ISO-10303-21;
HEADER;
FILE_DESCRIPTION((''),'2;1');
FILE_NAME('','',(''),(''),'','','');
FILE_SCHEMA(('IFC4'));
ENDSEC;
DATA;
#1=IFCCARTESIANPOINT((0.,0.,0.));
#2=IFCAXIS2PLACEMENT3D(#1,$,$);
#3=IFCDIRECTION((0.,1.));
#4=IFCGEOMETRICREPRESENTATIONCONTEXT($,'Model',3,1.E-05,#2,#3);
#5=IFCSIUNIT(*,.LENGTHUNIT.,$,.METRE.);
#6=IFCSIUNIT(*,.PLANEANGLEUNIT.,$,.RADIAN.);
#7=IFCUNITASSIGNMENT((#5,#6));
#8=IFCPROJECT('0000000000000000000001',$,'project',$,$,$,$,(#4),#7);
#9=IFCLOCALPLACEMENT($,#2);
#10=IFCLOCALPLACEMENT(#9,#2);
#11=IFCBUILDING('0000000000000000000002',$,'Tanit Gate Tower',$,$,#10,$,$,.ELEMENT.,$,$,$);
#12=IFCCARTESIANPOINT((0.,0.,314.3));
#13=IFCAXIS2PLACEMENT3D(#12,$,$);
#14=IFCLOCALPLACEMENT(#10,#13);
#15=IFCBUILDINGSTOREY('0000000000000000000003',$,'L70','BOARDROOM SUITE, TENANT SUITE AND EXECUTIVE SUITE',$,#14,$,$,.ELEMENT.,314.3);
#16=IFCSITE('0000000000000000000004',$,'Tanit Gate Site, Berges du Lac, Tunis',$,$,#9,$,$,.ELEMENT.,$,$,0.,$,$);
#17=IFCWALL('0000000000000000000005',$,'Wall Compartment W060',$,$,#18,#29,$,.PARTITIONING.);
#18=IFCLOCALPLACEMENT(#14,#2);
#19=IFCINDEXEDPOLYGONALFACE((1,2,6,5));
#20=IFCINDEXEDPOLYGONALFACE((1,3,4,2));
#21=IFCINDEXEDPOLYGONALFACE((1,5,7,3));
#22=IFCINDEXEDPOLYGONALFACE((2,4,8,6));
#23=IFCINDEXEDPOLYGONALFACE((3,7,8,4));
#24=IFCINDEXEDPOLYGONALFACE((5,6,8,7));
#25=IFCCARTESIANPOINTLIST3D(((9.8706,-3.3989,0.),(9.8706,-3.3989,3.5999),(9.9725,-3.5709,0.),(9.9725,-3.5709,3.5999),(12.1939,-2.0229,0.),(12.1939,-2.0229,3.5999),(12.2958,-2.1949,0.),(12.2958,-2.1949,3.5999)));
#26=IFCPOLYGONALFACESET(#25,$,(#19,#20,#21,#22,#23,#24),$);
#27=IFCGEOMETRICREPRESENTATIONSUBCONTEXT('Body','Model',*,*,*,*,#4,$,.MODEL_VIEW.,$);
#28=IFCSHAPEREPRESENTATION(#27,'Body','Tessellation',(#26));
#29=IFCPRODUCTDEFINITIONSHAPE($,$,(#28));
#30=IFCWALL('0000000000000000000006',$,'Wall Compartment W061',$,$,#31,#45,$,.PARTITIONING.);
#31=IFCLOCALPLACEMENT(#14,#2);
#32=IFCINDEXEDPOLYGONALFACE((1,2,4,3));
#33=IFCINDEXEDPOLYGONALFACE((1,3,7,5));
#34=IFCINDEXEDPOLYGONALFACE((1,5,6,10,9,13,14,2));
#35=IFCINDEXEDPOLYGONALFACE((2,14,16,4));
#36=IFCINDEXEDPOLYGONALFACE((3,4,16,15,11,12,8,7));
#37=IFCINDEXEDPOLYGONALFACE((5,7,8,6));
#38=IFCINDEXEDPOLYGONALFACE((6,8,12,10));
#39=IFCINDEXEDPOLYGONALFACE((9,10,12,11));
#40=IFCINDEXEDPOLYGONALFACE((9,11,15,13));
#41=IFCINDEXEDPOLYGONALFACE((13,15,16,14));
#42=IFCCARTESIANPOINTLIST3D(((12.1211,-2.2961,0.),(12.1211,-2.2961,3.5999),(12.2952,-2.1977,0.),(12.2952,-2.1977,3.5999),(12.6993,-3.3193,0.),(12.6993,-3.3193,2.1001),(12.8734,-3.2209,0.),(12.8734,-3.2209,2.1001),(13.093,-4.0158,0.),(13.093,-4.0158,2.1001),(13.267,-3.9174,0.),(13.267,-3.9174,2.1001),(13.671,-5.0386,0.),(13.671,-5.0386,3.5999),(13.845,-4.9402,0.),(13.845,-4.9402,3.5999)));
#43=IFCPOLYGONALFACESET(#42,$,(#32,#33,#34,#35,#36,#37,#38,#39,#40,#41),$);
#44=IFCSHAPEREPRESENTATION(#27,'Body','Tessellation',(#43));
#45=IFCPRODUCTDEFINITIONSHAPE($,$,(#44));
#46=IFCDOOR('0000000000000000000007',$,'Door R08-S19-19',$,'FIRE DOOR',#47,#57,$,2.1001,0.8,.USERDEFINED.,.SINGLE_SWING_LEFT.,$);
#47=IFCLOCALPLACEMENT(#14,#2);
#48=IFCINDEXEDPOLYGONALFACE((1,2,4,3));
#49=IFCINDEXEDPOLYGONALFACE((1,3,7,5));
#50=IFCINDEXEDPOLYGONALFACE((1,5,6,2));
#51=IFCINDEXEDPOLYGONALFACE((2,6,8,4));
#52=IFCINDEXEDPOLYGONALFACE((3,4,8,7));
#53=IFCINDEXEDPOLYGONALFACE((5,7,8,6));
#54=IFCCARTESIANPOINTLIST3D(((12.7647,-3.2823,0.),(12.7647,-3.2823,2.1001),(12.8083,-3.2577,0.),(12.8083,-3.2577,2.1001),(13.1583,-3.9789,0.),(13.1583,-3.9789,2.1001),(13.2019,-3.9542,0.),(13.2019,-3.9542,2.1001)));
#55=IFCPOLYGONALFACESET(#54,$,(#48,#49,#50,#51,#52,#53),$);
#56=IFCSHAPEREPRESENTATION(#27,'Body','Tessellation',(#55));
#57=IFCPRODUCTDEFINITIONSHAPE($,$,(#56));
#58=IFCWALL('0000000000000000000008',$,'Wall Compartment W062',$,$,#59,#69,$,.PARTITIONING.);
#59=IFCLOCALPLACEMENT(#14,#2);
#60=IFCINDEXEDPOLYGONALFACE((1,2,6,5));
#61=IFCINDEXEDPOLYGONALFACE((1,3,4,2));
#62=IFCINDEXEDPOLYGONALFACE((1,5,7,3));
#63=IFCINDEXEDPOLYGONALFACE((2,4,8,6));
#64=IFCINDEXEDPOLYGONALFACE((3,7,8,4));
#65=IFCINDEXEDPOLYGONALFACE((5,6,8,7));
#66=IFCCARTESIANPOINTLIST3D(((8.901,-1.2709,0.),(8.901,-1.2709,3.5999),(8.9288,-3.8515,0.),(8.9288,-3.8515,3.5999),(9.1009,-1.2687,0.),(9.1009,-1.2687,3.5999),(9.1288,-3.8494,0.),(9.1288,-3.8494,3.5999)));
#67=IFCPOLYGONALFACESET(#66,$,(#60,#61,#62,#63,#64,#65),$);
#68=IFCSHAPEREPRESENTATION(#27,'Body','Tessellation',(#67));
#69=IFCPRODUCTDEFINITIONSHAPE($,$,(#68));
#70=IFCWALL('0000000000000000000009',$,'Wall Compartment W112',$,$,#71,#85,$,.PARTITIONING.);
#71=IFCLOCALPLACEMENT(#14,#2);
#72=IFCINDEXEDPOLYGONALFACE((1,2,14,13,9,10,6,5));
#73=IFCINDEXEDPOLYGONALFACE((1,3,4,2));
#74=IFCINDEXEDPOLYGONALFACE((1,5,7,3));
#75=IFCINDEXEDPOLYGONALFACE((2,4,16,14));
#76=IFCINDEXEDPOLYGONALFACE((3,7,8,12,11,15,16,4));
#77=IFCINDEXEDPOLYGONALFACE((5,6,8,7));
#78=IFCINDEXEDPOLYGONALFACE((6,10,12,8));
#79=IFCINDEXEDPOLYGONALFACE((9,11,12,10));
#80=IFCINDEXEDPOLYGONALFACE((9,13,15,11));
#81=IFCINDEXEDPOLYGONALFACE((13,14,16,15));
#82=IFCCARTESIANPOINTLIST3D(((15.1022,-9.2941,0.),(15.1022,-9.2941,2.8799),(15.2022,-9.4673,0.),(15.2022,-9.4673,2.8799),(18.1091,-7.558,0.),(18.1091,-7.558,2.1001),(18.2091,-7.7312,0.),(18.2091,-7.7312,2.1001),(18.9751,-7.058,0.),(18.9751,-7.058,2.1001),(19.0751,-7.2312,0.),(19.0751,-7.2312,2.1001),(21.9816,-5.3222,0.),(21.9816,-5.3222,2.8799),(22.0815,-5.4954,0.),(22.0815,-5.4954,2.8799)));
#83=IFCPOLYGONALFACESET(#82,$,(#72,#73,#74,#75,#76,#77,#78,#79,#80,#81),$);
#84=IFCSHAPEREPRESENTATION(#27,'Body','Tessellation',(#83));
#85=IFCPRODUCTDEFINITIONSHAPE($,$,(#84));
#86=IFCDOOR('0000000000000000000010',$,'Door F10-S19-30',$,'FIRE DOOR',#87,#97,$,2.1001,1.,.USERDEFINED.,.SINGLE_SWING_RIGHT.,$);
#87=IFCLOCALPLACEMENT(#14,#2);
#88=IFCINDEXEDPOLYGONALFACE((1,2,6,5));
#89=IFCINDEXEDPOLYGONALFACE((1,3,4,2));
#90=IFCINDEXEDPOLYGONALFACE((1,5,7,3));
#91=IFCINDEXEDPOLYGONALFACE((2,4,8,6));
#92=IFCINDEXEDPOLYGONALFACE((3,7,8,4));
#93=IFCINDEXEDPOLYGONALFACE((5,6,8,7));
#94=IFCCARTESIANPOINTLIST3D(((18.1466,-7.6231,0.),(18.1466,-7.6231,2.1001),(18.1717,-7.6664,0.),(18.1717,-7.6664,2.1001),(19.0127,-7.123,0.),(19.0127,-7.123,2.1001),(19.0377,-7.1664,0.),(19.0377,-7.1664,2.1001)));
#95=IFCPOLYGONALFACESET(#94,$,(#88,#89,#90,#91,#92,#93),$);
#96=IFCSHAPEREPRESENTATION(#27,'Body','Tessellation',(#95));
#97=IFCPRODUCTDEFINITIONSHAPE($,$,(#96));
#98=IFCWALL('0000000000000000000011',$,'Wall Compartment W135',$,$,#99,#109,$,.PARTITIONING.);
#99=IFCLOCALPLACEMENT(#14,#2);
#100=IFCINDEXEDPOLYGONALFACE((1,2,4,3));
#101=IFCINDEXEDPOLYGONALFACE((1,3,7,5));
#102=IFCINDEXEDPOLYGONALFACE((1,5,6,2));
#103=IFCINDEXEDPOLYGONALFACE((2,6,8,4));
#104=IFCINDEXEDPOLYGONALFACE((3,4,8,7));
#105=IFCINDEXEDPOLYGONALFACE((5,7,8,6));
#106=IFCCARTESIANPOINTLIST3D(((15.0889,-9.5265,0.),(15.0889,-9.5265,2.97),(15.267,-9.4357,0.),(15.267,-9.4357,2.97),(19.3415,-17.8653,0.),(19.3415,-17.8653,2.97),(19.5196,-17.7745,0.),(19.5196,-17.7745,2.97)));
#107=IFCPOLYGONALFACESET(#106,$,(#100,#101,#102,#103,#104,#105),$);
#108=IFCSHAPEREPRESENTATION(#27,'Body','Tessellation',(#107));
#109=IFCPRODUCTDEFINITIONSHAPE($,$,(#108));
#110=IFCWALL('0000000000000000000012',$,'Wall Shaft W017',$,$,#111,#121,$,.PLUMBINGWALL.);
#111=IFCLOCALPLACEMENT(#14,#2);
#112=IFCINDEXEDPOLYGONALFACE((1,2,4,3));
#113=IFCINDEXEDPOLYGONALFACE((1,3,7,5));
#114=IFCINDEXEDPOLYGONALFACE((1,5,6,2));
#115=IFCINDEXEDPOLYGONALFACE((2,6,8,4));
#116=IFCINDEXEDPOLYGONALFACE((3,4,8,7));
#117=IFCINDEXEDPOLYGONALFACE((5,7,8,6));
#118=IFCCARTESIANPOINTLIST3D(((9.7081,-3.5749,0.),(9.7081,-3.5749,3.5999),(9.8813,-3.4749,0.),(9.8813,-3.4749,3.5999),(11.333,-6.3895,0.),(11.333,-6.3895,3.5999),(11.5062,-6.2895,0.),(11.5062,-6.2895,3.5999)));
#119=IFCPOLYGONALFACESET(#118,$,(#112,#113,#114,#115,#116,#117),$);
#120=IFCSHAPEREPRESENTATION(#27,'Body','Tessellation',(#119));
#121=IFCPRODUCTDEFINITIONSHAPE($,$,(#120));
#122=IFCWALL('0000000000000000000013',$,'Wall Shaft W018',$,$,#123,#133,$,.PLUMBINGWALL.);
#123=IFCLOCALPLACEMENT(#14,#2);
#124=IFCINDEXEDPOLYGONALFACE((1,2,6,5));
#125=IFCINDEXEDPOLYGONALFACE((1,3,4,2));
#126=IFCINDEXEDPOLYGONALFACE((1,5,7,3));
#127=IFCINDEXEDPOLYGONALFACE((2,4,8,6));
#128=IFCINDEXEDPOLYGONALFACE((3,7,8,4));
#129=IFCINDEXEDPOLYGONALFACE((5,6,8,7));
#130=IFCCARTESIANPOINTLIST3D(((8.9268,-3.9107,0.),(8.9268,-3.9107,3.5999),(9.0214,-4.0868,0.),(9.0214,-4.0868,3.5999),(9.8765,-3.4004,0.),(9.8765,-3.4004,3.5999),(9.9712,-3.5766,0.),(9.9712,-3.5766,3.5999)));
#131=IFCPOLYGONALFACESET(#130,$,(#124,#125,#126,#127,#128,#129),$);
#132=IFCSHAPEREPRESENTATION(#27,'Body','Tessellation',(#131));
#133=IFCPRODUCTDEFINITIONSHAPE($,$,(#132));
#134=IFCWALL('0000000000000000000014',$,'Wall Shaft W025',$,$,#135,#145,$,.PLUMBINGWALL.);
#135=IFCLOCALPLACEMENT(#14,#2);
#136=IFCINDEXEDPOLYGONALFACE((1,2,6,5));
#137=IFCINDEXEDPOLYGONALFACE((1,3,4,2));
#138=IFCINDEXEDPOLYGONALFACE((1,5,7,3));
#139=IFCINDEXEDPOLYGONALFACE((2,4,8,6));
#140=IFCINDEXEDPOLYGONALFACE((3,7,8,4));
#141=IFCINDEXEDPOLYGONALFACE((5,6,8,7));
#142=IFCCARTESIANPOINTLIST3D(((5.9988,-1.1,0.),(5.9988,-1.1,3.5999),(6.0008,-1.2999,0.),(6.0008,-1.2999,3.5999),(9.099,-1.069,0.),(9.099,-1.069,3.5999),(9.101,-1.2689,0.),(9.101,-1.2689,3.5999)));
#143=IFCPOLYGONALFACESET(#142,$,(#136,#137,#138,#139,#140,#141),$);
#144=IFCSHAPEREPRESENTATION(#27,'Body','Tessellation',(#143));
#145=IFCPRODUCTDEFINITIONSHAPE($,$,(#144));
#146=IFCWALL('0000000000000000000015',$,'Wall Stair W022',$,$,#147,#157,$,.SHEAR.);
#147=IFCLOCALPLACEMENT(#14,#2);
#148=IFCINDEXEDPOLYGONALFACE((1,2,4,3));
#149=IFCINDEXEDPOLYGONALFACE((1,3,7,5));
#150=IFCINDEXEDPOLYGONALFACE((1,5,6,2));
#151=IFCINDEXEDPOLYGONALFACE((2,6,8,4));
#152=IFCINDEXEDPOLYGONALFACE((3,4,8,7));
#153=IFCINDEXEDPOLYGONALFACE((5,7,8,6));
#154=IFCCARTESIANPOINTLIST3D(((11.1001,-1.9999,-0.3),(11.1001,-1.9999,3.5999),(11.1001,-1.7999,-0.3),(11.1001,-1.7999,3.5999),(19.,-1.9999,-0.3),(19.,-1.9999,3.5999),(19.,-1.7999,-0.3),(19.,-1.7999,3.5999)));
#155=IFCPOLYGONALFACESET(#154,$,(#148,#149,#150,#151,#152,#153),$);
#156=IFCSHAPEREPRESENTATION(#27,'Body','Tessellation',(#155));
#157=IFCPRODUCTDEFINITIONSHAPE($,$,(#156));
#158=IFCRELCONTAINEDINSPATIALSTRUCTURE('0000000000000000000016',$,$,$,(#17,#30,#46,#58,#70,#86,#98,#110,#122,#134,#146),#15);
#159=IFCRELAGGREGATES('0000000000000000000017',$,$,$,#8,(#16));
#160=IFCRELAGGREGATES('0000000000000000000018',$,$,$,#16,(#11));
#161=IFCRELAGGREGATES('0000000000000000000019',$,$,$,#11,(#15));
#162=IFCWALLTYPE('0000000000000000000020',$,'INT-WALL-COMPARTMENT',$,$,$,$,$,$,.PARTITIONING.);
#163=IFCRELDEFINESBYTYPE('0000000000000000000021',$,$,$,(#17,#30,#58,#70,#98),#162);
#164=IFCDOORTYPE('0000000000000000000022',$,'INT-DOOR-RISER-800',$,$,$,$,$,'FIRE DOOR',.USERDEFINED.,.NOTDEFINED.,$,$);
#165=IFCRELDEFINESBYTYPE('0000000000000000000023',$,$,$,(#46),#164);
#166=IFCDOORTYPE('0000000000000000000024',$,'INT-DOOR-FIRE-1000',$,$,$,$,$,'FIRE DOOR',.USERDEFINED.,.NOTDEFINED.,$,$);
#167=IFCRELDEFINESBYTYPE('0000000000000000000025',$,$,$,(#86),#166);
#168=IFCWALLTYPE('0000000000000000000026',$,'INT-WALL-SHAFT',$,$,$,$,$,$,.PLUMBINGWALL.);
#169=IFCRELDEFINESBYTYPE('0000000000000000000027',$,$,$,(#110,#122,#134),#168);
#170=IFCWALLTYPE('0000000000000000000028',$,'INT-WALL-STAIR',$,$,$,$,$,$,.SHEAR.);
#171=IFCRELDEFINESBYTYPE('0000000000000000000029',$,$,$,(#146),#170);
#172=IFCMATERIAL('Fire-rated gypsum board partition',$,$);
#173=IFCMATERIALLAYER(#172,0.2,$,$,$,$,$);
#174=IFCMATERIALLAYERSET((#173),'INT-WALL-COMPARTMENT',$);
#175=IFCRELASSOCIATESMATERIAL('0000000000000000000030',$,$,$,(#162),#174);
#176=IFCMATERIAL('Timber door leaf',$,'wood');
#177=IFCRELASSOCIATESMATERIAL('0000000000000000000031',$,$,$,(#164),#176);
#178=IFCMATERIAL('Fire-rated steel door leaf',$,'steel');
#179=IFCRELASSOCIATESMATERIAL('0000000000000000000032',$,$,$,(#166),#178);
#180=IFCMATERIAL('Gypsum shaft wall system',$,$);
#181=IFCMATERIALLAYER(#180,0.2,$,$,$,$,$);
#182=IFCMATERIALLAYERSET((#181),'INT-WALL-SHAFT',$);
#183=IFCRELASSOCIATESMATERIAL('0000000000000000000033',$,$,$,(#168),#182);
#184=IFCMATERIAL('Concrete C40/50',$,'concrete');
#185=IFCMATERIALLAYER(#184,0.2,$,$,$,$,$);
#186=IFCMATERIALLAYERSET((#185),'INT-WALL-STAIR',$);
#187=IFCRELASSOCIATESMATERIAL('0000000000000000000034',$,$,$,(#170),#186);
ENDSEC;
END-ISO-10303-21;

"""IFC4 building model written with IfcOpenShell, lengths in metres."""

from ifc_helpers import new_model, si_unit, direction, frame, frame_2d, origin, place, context, subcontext, project, spatial, rectangle, extrude, material, layer, layer_set, type_object, element, fill, save


model = new_model("IFC4")

# Units and contexts
model_context = context("Model", 3, precision=1e-05, world=origin(), true_north=direction((0.0, 1.0)))
body_context = subcontext(model_context, "Body", "Model", "MODEL_VIEW")
ifc_project = project(units=[si_unit("LENGTHUNIT", "METRE"), si_unit("PLANEANGLEUNIT", "RADIAN")], contexts=[model_context])

# Site, building, storey
site_placement = place(None, origin())
site = spatial("IfcSite", under=ifc_project, at=site_placement, Name="Tanit Gate Site, Berges du Lac, Tunis", CompositionType="ELEMENT", RefElevation=0.0)
building_placement = place(site_placement, origin())
building = spatial("IfcBuilding", under=site, at=building_placement, Name="Tanit Gate Tower", CompositionType="ELEMENT")
storey_placement = place(building_placement, frame((0.0, 0.0, 314.3)))
storey = spatial("IfcBuildingStorey", under=building, at=storey_placement, Name="L70", Description="BOARDROOM SUITE, TENANT SUITE AND EXECUTIVE SUITE", CompositionType="ELEMENT", Elevation=314.3)

# Wall
ifc_material_1 = material(Name="Fire-rated gypsum board partition")
ifc_layer_1 = layer(ifc_material_1, 0.2)
ifc_layer_set_1 = layer_set([ifc_layer_1], Name="INT-WALL-COMPARTMENT")
wall_type_1 = type_object("IfcWallType", Name="INT-WALL-COMPARTMENT", PredefinedType="PARTITIONING", material=ifc_layer_set_1)
wall_1_placement = place(storey_placement, frame((12.2449, -2.1089, 0.0), z_axis=(0.0, 0.0, 1.0), x_axis=(-0.860415, -0.509594, 0.0)))
element("IfcWall", 1, at=wall_1_placement, inside=storey, type_object=wall_type_1, Name="Wall Compartment W060", PredefinedType="PARTITIONING", context=body_context, shape_type="SweptSolid", body=[
    extrude(rectangle(XDim=2.7002, YDim=0.2, at=frame_2d((1.3501, 0.0))), origin(), (0.0, 0.0, 1.0), 3.5999),
])

# Wall, opening, door
wall_2_placement = place(storey_placement, frame((13.7581, -4.9895, 0.0), z_axis=(0.0, 0.0, 1.0), x_axis=(-0.491993, 0.870599, 0.0)))
wall_2 = element("IfcWall", 2, at=wall_2_placement, inside=storey, type_object=wall_type_1, Name="Wall Compartment W061", PredefinedType="PARTITIONING", context=body_context, shape_type="SweptSolid", body=[
    extrude(rectangle(XDim=3.1501, YDim=0.2, at=frame_2d((1.5752, 0.0))), origin(), (0.0, 0.0, 1.0), 3.5999),
])
opening_1_placement = place(wall_2_placement, frame((1.175, 0.0, 0.0)))
opening_1 = element("IfcOpeningElement", 3, at=opening_1_placement, cuts=wall_2, PredefinedType="OPENING", context=body_context, shape_type="SweptSolid", body=[
    extrude(rectangle(XDim=0.8, YDim=2.1001, at=frame_2d((0.3999, 1.05))), frame((0.0, 0.1099, 0.0), z_axis=(0.0, -1.0, 0.0), x_axis=(1.0, 0.0, 0.0)), (0.0, 0.0, 1.0), 0.22),
])
ifc_material_2 = material(Name="Timber door leaf", Category="wood")
door_type_1 = type_object("IfcDoorType", Name="INT-DOOR-RISER-800", ElementType="FIRE DOOR", OperationType="NOTDEFINED", PredefinedType="USERDEFINED", material=ifc_material_2)
door_1_placement = place(opening_1_placement, origin())
door_1 = element("IfcDoor", 4, at=door_1_placement, inside=storey, type_object=door_type_1, Name="Door R08-S19-19", ObjectType="FIRE DOOR", OperationType="SINGLE_SWING_LEFT", OverallHeight=2.1001, OverallWidth=0.8, PredefinedType="USERDEFINED", context=body_context, shape_type="SweptSolid", body=[
    extrude(rectangle(XDim=0.8, YDim=2.1001, at=frame_2d((0.3999, 1.05))), frame((0.0, 0.0249, 0.0), z_axis=(0.0, -1.0, 0.0), x_axis=(1.0, 0.0, 0.0)), (0.0, 0.0, 1.0), 0.05),
])
fill(opening_1, door_1)

# Wall
wall_3_placement = place(storey_placement, frame((9.0288, -3.8506, 0.0), z_axis=(0.0, 0.0, 1.0), x_axis=(-0.010785, 0.999942, 0.0)))
element("IfcWall", 5, at=wall_3_placement, inside=storey, type_object=wall_type_1, Name="Wall Compartment W062", PredefinedType="PARTITIONING", context=body_context, shape_type="SweptSolid", body=[
    extrude(rectangle(XDim=2.5808, YDim=0.2, at=frame_2d((1.2905, 0.0))), origin(), (0.0, 0.0, 1.0), 3.5999),
])

# Wall, opening, door
wall_4_placement = place(storey_placement, frame((15.1523, -9.3806, 0.0), z_axis=(0.0, 0.0, 1.0), x_axis=(0.86602, 0.50001, 0.0)))
wall_4 = element("IfcWall", 6, at=wall_4_placement, inside=storey, type_object=wall_type_1, Name="Wall Compartment W112", PredefinedType="PARTITIONING", context=body_context, shape_type="SweptSolid", body=[
    extrude(rectangle(XDim=7.9436, YDim=0.2, at=frame_2d((3.9717, 0.0))), origin(), (0.0, 0.0, 1.0), 2.8799),
])
opening_2_placement = place(wall_4_placement, frame((3.4719, 0.0, 0.0)))
opening_2 = element("IfcOpeningElement", 7, at=opening_2_placement, cuts=wall_4, PredefinedType="OPENING", context=body_context, shape_type="SweptSolid", body=[
    extrude(rectangle(XDim=1.0, YDim=2.1001, at=frame_2d((0.5, 1.05))), frame((0.0, 0.1099, 0.0), z_axis=(0.0, -1.0, 0.0), x_axis=(1.0, 0.0, 0.0)), (0.0, 0.0, 1.0), 0.22),
])
ifc_material_3 = material(Name="Fire-rated steel door leaf", Category="steel")
door_type_2 = type_object("IfcDoorType", Name="INT-DOOR-FIRE-1000", ElementType="FIRE DOOR", OperationType="NOTDEFINED", PredefinedType="USERDEFINED", material=ifc_material_3)
door_2_placement = place(opening_2_placement, origin())
door_2 = element("IfcDoor", 8, at=door_2_placement, inside=storey, type_object=door_type_2, Name="Door F10-S19-30", ObjectType="FIRE DOOR", OperationType="SINGLE_SWING_RIGHT", OverallHeight=2.1001, OverallWidth=1.0, PredefinedType="USERDEFINED", context=body_context, shape_type="SweptSolid", body=[
    extrude(rectangle(XDim=1.0, YDim=2.1001, at=frame_2d((0.5, 1.05))), frame((0.0, 0.0249, 0.0), z_axis=(0.0, -1.0, 0.0), x_axis=(1.0, 0.0, 0.0)), (0.0, 0.0, 1.0), 0.05),
])
fill(opening_2, door_2)

# Walls
wall_5_placement = place(storey_placement, frame((15.178, -9.4812, 0.0), z_axis=(0.0, 0.0, 1.0), x_axis=(0.454314, -0.890841, 0.0)))
element("IfcWall", 9, at=wall_5_placement, inside=storey, type_object=wall_type_1, Name="Wall Compartment W135", PredefinedType="PARTITIONING", context=body_context, shape_type="SweptSolid", body=[
    extrude(rectangle(XDim=9.3606, YDim=0.2, at=frame_2d((4.6802, 0.0))), origin(), (0.0, 0.0, 1.0), 2.97),
])
ifc_material_4 = material(Name="Gypsum shaft wall system")
ifc_layer_2 = layer(ifc_material_4, 0.2)
ifc_layer_set_2 = layer_set([ifc_layer_2], Name="INT-WALL-SHAFT")
wall_type_2 = type_object("IfcWallType", Name="INT-WALL-SHAFT", PredefinedType="PLUMBINGWALL", material=ifc_layer_set_2)
wall_6_placement = place(storey_placement, frame((9.7947, -3.5249, 0.0), z_axis=(0.0, 0.0, 1.0), x_axis=(0.499985, -0.866034, 0.0)))
element("IfcWall", 10, at=wall_6_placement, inside=storey, type_object=wall_type_2, Name="Wall Shaft W017", PredefinedType="PLUMBINGWALL", context=body_context, shape_type="SweptSolid", body=[
    extrude(rectangle(XDim=3.25, YDim=0.2, at=frame_2d((1.625, 0.0))), origin(), (0.0, 0.0, 1.0), 3.5999),
])
wall_7_placement = place(storey_placement, frame((8.9741, -3.9988, 0.0), z_axis=(0.0, 0.0, 1.0), x_axis=(0.880907, 0.473289, 0.0)))
element("IfcWall", 11, at=wall_7_placement, inside=storey, type_object=wall_type_2, Name="Wall Shaft W018", PredefinedType="PLUMBINGWALL", context=body_context, shape_type="SweptSolid", body=[
    extrude(rectangle(XDim=1.0781, YDim=0.2, at=frame_2d((0.5391, 0.0))), origin(), (0.0, 0.0, 1.0), 3.5999),
])
wall_8_placement = place(storey_placement, frame((9.1001, -1.1689, 0.0), z_axis=(0.0, 0.0, 1.0), x_axis=(-0.99995, -0.010001, 0.0)))
element("IfcWall", 12, at=wall_8_placement, inside=storey, type_object=wall_type_2, Name="Wall Shaft W025", PredefinedType="PLUMBINGWALL", context=body_context, shape_type="SweptSolid", body=[
    extrude(rectangle(XDim=3.1003, YDim=0.2, at=frame_2d((1.5503, 0.0))), origin(), (0.0, 0.0, 1.0), 3.5999),
])
ifc_material_5 = material(Name="Concrete C40/50", Category="concrete")
ifc_layer_3 = layer(ifc_material_5, 0.2)
ifc_layer_set_3 = layer_set([ifc_layer_3], Name="INT-WALL-STAIR")
wall_type_3 = type_object("IfcWallType", Name="INT-WALL-STAIR", PredefinedType="SHEAR", material=ifc_layer_set_3)
wall_9_placement = place(storey_placement, frame((11.1001, -1.8999, -0.3), z_axis=(0.0, 0.0, 1.0), x_axis=(1.0, 0.0, 0.0)))
element("IfcWall", 13, at=wall_9_placement, inside=storey, type_object=wall_type_3, Name="Wall Stair W022", PredefinedType="SHEAR", context=body_context, shape_type="SweptSolid", body=[
    extrude(rectangle(XDim=7.8999, YDim=0.2, at=frame_2d((3.95, 0.0))), origin(), (0.0, 0.0, 1.0), 3.8999),
])

save(model, "model.ifc")
